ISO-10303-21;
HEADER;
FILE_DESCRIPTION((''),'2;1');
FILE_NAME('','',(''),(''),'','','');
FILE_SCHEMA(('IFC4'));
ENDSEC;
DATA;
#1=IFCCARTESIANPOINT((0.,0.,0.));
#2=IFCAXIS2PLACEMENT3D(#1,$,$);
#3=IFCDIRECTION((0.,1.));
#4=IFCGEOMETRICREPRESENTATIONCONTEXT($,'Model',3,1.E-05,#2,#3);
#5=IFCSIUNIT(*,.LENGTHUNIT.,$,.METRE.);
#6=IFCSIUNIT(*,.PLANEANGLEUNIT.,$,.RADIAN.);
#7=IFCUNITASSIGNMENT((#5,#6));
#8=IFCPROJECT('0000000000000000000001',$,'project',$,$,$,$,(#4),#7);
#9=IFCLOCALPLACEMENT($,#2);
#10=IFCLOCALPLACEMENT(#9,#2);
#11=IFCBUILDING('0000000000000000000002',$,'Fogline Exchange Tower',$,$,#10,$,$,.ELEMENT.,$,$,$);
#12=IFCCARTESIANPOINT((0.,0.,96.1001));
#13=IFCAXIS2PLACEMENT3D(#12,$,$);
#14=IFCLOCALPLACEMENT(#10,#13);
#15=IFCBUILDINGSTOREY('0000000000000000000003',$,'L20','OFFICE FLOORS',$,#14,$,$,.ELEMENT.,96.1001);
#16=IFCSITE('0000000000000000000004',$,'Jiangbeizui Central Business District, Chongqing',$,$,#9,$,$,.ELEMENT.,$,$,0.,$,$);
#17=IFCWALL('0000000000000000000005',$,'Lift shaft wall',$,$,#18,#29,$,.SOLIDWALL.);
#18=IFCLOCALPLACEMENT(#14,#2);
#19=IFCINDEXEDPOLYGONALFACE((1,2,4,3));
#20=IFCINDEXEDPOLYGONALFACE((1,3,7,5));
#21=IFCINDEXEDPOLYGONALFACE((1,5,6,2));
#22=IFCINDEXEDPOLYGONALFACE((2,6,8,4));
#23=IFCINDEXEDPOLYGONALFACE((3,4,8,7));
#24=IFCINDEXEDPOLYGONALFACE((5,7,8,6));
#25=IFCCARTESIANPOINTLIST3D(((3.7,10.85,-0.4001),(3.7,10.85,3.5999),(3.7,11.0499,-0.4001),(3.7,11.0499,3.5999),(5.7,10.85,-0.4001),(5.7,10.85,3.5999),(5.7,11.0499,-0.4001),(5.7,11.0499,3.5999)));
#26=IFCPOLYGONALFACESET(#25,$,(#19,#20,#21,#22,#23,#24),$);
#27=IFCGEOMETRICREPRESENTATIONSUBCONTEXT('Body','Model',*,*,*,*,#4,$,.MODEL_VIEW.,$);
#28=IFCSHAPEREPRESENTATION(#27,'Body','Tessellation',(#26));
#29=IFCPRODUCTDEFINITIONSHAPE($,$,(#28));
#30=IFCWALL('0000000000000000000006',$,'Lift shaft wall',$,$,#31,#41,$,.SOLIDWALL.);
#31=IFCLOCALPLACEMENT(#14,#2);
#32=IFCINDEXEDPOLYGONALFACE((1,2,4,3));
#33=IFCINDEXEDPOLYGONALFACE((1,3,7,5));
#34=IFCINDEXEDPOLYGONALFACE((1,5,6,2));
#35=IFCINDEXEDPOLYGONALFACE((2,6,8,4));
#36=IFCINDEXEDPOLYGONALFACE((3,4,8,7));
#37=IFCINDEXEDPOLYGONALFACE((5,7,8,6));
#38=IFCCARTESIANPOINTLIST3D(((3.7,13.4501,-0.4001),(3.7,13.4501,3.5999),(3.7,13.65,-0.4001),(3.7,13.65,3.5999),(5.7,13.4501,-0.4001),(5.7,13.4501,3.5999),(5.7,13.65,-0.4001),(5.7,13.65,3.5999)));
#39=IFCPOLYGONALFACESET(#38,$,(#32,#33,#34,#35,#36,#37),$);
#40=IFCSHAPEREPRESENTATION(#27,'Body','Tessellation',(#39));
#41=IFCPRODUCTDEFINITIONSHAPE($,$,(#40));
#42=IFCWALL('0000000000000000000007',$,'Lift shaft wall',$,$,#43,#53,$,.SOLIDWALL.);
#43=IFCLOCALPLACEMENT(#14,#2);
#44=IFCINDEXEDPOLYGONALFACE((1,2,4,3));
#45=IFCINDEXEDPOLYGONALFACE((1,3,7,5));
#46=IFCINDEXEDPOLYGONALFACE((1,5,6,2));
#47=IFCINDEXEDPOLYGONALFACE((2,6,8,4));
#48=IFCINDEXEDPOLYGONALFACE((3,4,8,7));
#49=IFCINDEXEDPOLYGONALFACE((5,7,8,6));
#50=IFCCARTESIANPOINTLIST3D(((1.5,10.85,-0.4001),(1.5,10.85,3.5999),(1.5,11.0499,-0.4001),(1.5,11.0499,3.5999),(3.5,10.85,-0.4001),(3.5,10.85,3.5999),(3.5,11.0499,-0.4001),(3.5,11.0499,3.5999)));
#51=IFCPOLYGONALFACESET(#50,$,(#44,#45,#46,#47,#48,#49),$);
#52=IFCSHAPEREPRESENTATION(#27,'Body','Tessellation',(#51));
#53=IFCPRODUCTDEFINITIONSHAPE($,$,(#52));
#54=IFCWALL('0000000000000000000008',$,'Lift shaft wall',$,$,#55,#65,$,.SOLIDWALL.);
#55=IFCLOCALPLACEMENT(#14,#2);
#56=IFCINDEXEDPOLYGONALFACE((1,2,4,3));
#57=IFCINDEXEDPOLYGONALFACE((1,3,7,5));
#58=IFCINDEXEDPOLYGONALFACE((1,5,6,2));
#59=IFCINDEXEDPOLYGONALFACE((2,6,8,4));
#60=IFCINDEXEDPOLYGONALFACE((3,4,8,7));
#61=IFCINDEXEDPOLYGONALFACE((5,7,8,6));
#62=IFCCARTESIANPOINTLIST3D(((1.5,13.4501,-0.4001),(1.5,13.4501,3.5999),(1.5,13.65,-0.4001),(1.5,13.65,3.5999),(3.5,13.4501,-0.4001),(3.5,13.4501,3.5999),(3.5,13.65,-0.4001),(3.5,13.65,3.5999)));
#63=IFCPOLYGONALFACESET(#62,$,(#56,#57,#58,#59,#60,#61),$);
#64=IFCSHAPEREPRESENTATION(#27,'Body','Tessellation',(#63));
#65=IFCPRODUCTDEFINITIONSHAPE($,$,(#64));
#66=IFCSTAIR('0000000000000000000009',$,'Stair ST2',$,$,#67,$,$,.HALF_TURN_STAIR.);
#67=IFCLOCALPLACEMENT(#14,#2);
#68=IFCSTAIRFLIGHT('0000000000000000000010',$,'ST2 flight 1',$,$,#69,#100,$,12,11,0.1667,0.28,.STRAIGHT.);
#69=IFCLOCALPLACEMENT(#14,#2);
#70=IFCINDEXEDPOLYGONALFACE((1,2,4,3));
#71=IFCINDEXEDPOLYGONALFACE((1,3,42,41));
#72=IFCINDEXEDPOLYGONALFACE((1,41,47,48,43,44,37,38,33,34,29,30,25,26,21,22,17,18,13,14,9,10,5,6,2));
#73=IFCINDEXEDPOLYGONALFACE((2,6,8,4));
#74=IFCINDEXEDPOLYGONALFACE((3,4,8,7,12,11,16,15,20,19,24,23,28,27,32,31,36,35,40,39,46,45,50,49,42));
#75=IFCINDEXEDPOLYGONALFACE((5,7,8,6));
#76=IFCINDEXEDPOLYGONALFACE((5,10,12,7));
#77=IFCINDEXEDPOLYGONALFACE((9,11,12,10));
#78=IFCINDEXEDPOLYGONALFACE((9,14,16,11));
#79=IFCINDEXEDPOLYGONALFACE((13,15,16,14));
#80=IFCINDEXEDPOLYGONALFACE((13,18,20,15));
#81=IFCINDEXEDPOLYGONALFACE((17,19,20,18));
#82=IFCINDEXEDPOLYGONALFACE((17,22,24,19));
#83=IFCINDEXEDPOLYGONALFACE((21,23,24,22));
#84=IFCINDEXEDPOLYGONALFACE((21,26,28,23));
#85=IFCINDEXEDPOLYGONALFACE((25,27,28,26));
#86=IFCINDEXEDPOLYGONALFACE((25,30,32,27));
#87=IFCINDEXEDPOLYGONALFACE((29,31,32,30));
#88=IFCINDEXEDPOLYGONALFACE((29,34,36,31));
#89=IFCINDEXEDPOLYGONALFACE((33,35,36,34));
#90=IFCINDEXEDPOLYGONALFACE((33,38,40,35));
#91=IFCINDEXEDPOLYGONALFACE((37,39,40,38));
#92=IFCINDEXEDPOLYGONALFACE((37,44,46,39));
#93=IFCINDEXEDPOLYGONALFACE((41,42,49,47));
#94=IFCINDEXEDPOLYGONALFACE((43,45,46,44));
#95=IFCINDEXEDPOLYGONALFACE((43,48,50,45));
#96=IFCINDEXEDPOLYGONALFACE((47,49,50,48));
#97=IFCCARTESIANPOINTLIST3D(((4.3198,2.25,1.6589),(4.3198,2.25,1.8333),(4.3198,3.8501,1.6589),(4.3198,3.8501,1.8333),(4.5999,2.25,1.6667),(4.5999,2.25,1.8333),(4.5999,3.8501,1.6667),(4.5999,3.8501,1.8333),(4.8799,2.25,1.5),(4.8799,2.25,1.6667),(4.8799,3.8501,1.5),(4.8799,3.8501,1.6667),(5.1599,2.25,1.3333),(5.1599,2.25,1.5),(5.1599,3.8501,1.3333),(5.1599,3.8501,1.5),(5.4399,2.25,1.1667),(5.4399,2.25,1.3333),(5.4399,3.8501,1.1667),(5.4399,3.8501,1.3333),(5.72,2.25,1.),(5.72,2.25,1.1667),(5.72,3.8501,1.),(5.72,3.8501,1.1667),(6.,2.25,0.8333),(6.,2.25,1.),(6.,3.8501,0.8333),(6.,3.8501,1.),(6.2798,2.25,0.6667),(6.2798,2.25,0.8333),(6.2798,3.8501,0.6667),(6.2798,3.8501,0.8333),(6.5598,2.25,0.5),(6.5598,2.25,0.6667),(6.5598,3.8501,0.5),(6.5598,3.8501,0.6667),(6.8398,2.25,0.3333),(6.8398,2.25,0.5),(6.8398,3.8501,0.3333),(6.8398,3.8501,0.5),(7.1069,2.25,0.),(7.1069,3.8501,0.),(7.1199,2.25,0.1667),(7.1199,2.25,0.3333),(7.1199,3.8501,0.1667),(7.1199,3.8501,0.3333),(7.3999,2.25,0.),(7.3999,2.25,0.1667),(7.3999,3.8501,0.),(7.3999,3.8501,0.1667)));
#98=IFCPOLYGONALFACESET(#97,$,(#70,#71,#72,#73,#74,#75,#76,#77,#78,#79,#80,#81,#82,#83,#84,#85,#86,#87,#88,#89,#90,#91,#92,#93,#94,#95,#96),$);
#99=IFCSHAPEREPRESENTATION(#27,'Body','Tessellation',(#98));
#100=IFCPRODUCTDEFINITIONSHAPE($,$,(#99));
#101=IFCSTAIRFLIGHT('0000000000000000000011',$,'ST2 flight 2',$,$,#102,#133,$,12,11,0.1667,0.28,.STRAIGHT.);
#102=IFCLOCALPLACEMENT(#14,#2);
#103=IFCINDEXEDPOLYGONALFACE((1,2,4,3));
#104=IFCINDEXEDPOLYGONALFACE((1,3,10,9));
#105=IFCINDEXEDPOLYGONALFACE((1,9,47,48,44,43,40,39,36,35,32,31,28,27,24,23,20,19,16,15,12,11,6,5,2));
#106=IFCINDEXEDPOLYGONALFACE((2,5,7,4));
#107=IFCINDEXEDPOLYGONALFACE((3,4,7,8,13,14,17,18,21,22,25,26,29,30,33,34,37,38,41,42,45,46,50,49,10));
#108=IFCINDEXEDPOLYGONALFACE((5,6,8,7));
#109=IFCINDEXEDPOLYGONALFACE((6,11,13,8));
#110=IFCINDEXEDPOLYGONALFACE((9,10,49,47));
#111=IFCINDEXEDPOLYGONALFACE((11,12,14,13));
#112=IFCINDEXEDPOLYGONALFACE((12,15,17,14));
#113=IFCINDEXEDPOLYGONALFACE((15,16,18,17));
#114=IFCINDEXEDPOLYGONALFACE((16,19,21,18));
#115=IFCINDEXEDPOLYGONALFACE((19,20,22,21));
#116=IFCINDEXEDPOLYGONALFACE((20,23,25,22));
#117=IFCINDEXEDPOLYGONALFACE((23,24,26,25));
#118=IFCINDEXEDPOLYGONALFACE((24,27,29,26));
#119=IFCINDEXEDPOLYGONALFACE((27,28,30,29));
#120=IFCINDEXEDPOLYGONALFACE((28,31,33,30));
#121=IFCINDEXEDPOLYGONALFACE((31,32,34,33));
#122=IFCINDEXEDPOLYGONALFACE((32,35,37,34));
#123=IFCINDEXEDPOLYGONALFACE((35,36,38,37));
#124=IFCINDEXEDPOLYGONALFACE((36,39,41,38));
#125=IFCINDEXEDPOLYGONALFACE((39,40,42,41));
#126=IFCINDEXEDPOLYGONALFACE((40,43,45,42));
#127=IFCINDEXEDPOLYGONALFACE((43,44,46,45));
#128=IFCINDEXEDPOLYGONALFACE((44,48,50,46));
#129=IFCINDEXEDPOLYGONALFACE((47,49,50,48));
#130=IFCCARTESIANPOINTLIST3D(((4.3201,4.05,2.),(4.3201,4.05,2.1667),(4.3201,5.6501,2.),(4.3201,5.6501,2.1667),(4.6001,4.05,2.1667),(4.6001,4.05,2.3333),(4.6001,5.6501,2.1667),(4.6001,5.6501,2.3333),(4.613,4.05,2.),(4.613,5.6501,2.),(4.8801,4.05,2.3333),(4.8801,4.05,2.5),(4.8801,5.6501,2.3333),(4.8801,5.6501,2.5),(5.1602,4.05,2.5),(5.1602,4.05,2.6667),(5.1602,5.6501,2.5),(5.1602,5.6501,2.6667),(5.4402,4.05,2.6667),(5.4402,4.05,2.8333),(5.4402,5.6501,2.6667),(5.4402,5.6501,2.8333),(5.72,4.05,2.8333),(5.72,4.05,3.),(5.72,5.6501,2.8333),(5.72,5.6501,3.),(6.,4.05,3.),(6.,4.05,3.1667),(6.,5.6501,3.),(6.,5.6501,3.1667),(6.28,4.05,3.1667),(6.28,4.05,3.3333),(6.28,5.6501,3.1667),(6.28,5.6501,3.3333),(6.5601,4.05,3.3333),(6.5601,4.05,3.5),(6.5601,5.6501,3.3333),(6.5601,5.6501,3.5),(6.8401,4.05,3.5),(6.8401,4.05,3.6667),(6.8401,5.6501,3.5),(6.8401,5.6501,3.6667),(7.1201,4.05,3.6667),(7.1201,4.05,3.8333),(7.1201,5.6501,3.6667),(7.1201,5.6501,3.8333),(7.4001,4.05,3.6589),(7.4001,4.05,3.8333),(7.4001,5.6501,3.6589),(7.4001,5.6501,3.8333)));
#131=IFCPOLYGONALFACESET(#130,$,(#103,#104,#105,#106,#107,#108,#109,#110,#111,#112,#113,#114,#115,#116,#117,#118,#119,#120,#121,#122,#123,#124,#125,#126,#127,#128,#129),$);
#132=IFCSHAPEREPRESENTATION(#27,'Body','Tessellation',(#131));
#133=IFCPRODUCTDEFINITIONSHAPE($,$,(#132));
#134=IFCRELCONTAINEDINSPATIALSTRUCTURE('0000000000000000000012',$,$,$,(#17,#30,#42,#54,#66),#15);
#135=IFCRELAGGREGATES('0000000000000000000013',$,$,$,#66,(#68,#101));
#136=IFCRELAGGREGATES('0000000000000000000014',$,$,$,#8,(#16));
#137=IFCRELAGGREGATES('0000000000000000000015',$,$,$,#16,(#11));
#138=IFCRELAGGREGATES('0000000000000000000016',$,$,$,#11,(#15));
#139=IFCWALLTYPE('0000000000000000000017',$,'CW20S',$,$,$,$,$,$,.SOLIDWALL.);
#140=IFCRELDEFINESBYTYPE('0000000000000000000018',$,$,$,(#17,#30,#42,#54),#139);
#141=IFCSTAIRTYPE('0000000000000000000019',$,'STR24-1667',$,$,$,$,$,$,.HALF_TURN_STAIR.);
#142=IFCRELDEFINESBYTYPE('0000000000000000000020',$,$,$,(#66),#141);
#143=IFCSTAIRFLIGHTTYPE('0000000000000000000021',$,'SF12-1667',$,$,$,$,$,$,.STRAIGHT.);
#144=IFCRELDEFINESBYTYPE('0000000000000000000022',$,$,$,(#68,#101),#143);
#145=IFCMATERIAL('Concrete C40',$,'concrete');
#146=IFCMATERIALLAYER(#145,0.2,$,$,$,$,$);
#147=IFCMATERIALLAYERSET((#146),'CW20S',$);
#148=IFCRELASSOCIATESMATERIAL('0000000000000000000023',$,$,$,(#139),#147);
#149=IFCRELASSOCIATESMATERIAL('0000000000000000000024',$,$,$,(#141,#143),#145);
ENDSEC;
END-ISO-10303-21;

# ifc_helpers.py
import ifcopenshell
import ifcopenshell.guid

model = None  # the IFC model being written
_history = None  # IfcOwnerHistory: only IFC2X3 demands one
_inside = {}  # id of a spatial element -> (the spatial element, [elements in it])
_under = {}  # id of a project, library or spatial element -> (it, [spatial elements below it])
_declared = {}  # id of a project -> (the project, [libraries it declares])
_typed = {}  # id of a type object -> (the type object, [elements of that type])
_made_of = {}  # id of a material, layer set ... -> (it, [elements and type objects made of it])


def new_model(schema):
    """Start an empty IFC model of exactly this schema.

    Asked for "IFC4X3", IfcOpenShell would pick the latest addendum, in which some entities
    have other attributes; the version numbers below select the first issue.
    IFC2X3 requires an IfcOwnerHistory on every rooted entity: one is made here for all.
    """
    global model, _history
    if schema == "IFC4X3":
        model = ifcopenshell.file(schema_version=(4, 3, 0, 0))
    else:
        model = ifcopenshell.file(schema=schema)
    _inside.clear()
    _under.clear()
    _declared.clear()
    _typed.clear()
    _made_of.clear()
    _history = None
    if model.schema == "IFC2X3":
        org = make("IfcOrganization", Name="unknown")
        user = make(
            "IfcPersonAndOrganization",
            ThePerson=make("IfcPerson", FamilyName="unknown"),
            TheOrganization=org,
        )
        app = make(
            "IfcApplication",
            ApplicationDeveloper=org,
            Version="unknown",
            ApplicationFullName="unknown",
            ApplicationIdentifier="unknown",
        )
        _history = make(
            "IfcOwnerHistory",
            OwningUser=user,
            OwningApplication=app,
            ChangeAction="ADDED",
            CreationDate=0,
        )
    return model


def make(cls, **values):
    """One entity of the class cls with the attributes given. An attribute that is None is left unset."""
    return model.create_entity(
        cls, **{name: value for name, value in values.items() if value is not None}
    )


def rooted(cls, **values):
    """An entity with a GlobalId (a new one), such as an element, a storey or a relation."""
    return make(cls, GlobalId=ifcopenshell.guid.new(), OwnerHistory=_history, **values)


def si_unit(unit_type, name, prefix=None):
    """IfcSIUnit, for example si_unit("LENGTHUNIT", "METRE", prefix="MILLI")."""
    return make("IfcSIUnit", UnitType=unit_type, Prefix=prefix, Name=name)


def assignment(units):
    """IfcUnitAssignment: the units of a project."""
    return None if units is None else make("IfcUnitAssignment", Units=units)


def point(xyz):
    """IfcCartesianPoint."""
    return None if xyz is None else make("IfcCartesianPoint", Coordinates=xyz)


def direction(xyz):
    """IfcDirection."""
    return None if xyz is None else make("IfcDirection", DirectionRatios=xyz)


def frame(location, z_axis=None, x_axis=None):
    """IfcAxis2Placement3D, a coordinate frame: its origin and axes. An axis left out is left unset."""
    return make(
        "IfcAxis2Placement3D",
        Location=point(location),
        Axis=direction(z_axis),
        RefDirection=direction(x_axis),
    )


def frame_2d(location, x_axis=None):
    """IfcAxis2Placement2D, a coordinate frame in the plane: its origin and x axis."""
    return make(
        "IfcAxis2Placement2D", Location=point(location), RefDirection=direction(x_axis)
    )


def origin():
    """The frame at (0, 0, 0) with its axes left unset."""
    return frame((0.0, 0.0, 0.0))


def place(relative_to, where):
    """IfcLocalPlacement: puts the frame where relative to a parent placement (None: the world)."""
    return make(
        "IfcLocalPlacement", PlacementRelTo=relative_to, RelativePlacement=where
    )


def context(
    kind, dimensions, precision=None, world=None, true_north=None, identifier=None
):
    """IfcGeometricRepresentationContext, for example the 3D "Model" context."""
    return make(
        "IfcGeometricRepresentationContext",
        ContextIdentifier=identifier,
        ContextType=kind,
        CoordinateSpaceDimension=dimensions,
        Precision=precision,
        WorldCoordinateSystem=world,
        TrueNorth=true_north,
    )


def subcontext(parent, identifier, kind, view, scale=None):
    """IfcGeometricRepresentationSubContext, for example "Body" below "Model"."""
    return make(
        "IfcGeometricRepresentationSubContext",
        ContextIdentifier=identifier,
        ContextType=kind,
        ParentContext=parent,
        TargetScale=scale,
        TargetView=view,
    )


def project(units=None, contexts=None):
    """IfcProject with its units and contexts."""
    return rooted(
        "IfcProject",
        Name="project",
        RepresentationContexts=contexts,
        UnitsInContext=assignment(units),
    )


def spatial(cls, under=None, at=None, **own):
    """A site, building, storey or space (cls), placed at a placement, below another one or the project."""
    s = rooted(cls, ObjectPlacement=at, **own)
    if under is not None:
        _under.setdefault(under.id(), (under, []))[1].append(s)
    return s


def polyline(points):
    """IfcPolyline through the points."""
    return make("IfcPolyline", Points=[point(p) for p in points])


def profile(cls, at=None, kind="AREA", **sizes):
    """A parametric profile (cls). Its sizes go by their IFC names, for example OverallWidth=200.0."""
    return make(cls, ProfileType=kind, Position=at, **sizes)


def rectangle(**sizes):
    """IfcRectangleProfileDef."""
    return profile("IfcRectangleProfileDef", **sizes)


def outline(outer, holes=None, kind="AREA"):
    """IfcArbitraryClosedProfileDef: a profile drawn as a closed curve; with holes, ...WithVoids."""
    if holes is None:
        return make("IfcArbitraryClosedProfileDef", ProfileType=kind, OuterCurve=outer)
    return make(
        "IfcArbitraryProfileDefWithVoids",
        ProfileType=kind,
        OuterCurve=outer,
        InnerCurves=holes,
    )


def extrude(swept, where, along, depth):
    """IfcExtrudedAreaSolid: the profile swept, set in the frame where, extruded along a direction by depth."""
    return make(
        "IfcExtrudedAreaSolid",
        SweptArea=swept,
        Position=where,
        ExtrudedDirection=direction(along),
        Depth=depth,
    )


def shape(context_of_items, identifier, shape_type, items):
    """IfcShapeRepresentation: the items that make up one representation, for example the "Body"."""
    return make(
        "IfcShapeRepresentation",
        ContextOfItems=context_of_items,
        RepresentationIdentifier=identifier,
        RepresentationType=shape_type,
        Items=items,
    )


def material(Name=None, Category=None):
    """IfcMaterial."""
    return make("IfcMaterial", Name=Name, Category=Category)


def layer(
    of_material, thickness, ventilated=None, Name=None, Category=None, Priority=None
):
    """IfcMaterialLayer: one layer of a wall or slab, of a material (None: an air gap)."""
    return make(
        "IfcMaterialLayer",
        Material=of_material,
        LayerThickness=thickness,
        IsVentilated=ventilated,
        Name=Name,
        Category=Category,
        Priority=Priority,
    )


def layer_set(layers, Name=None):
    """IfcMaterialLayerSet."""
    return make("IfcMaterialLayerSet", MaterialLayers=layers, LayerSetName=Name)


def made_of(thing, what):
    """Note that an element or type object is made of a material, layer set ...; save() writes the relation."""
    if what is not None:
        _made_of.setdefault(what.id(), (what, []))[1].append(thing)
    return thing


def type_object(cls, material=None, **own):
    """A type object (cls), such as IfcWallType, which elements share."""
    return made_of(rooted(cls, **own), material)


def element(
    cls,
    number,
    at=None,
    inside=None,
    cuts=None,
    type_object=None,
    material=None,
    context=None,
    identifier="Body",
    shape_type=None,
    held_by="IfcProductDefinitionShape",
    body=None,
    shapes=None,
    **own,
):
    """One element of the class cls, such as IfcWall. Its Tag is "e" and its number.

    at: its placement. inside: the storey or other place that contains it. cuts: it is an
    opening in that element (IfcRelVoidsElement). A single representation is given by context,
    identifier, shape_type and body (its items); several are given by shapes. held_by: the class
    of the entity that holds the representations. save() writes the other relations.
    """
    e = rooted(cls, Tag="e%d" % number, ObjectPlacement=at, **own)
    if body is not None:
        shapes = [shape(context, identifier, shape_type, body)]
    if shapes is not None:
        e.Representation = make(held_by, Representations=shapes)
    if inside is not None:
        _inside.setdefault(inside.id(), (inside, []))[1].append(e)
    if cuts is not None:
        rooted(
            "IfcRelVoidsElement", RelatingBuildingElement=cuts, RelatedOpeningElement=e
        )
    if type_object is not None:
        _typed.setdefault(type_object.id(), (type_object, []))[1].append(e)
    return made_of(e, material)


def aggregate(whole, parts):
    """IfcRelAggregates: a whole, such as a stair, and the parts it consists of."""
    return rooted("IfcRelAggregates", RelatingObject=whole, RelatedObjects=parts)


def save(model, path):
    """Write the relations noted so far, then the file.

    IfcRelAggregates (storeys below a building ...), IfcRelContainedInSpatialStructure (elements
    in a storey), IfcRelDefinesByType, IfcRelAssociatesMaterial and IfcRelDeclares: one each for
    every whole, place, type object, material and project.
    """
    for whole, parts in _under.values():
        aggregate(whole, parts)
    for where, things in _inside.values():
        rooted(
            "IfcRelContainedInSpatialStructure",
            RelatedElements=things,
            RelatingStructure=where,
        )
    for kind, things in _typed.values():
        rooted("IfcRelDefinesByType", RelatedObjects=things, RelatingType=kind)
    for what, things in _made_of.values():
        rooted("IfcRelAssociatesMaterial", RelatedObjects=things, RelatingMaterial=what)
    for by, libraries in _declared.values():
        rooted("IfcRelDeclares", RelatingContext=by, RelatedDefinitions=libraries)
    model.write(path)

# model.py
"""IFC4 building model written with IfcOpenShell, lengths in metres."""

from ifc_helpers import new_model, si_unit, direction, frame, frame_2d, origin, place, context, subcontext, project, spatial, polyline, rectangle, outline, extrude, material, layer, layer_set, type_object, element, aggregate, save


model = new_model("IFC4")

# Units and contexts
model_context = context("Model", 3, precision=1e-05, world=origin(), true_north=direction((0.0, 1.0)))
body_context = subcontext(model_context, "Body", "Model", "MODEL_VIEW")
ifc_project = project(units=[si_unit("LENGTHUNIT", "METRE"), si_unit("PLANEANGLEUNIT", "RADIAN")], contexts=[model_context])

# Site, building, storey
site_placement = place(None, origin())
site = spatial("IfcSite", under=ifc_project, at=site_placement, Name="Jiangbeizui Central Business District, Chongqing", CompositionType="ELEMENT", RefElevation=0.0)
building_placement = place(site_placement, origin())
building = spatial("IfcBuilding", under=site, at=building_placement, Name="Fogline Exchange Tower", CompositionType="ELEMENT")
storey_placement = place(building_placement, frame((0.0, 0.0, 96.1001)))
storey = spatial("IfcBuildingStorey", under=building, at=storey_placement, Name="L20", Description="OFFICE FLOORS", CompositionType="ELEMENT", Elevation=96.1001)

# Shared definitions
ifc_material_1 = material(Name="Concrete C40", Category="concrete")

# Shared definitions
ifc_layer_1 = layer(ifc_material_1, 0.2)
ifc_layer_set_1 = layer_set([ifc_layer_1], Name="CW20S")
wall_type_1 = type_object("IfcWallType", Name="CW20S", PredefinedType="SOLIDWALL", material=ifc_layer_set_1)

# Walls
for number, where, z_axis, x_axis, name in (
    (1, (3.7, 10.95, -0.4001), (0.0, 0.0, 1.0), (1.0, 0.0, 0.0), "Lift shaft wall"),
    (2, (3.7, 13.55, -0.4001), (0.0, 0.0, 1.0), (1.0, 0.0, 0.0), "Lift shaft wall"),
    (3, (1.5, 10.95, -0.4001), (0.0, 0.0, 1.0), (1.0, 0.0, 0.0), "Lift shaft wall"),
    (4, (1.5, 13.55, -0.4001), (0.0, 0.0, 1.0), (1.0, 0.0, 0.0), "Lift shaft wall"),
):
    element("IfcWall", number, at=place(storey_placement, frame(where, z_axis=z_axis, x_axis=x_axis)), inside=storey, type_object=wall_type_1, Name=name, PredefinedType="SOLIDWALL", context=body_context, shape_type="SweptSolid", body=[
        extrude(rectangle(XDim=2.0, YDim=0.2, at=frame_2d((1.0, 0.0))), origin(), (0.0, 0.0, 1.0), 4.0),
    ])

# Stair, stair flights
stair_type = type_object("IfcStairType", Name="STR24-1667", PredefinedType="HALF_TURN_STAIR", material=ifc_material_1)
stair_placement = place(storey_placement, origin())
stair = element("IfcStair", 5, at=stair_placement, inside=storey, type_object=stair_type, Name="Stair ST2", PredefinedType="HALF_TURN_STAIR")
stair_flight_type = type_object("IfcStairFlightType", Name="SF12-1667", PredefinedType="STRAIGHT", material=ifc_material_1)
stair_flight_1_placement = place(storey_placement, frame((7.3999, 3.05, 0.0), z_axis=(0.0, 0.0, 1.0), x_axis=(-1.0, 0.0, 0.0)))
stair_flight_1 = element("IfcStairFlight", 6, at=stair_flight_1_placement, type_object=stair_flight_type, Name="ST2 flight 1", NumberOfRisers=12, NumberOfTreads=11, PredefinedType="STRAIGHT", RiserHeight=0.1667, TreadLength=0.28, context=body_context, shape_type="SweptSolid", body=[
    extrude(outline(polyline([(0.0, 0.0), (0.0, 0.1667), (0.28, 0.1667), (0.28, 0.3333), (0.5601, 0.3333), (0.5601, 0.5), (0.8401, 0.5), (0.8401, 0.6667), (1.1201, 0.6667), (1.1201, 0.8333), (1.3999, 0.8333), (1.3999, 1.0), (1.6799, 1.0), (1.6799, 1.1667), (1.96, 1.1667), (1.96, 1.3333), (2.24, 1.3333), (2.24, 1.5), (2.52, 1.5), (2.52, 1.6667), (2.8, 1.6667), (2.8, 1.8333), (3.0801, 1.8333), (3.0801, 2.0), (3.0801, 1.6589), (0.293, 0.0), (0.0, 0.0)])), frame((0.0, 0.8, 0.0), z_axis=(0.0, -1.0, 0.0), x_axis=(1.0, 0.0, 0.0)), (0.0, 0.0, 1.0), 1.6001),
])
stair_flight_2_placement = place(storey_placement, frame((4.3201, 4.8501, 2.0), z_axis=(0.0, 0.0, 1.0), x_axis=(1.0, 0.0, 0.0)))
stair_flight_2 = element("IfcStairFlight", 7, at=stair_flight_2_placement, type_object=stair_flight_type, Name="ST2 flight 2", NumberOfRisers=12, NumberOfTreads=11, PredefinedType="STRAIGHT", RiserHeight=0.1667, TreadLength=0.28, context=body_context, shape_type="SweptSolid", body=[
    extrude(outline(polyline([(0.0, 0.0), (0.0, 0.1667), (0.28, 0.1667), (0.28, 0.3333), (0.5601, 0.3333), (0.5601, 0.5), (0.8401, 0.5), (0.8401, 0.6667), (1.1201, 0.6667), (1.1201, 0.8333), (1.3999, 0.8333), (1.3999, 1.0), (1.6799, 1.0), (1.6799, 1.1667), (1.96, 1.1667), (1.96, 1.3333), (2.24, 1.3333), (2.24, 1.5), (2.52, 1.5), (2.52, 1.6667), (2.8, 1.6667), (2.8, 1.8333), (3.0801, 1.8333), (3.0801, 2.0), (3.0801, 1.6589), (0.293, 0.0), (0.0, 0.0)])), frame((0.0, 0.8, 0.0), z_axis=(0.0, -1.0, 0.0), x_axis=(1.0, 0.0, 0.0)), (0.0, 0.0, 1.0), 1.6001),
])
aggregate(stair, [stair_flight_1, stair_flight_2])

save(model, "model.ifc")
